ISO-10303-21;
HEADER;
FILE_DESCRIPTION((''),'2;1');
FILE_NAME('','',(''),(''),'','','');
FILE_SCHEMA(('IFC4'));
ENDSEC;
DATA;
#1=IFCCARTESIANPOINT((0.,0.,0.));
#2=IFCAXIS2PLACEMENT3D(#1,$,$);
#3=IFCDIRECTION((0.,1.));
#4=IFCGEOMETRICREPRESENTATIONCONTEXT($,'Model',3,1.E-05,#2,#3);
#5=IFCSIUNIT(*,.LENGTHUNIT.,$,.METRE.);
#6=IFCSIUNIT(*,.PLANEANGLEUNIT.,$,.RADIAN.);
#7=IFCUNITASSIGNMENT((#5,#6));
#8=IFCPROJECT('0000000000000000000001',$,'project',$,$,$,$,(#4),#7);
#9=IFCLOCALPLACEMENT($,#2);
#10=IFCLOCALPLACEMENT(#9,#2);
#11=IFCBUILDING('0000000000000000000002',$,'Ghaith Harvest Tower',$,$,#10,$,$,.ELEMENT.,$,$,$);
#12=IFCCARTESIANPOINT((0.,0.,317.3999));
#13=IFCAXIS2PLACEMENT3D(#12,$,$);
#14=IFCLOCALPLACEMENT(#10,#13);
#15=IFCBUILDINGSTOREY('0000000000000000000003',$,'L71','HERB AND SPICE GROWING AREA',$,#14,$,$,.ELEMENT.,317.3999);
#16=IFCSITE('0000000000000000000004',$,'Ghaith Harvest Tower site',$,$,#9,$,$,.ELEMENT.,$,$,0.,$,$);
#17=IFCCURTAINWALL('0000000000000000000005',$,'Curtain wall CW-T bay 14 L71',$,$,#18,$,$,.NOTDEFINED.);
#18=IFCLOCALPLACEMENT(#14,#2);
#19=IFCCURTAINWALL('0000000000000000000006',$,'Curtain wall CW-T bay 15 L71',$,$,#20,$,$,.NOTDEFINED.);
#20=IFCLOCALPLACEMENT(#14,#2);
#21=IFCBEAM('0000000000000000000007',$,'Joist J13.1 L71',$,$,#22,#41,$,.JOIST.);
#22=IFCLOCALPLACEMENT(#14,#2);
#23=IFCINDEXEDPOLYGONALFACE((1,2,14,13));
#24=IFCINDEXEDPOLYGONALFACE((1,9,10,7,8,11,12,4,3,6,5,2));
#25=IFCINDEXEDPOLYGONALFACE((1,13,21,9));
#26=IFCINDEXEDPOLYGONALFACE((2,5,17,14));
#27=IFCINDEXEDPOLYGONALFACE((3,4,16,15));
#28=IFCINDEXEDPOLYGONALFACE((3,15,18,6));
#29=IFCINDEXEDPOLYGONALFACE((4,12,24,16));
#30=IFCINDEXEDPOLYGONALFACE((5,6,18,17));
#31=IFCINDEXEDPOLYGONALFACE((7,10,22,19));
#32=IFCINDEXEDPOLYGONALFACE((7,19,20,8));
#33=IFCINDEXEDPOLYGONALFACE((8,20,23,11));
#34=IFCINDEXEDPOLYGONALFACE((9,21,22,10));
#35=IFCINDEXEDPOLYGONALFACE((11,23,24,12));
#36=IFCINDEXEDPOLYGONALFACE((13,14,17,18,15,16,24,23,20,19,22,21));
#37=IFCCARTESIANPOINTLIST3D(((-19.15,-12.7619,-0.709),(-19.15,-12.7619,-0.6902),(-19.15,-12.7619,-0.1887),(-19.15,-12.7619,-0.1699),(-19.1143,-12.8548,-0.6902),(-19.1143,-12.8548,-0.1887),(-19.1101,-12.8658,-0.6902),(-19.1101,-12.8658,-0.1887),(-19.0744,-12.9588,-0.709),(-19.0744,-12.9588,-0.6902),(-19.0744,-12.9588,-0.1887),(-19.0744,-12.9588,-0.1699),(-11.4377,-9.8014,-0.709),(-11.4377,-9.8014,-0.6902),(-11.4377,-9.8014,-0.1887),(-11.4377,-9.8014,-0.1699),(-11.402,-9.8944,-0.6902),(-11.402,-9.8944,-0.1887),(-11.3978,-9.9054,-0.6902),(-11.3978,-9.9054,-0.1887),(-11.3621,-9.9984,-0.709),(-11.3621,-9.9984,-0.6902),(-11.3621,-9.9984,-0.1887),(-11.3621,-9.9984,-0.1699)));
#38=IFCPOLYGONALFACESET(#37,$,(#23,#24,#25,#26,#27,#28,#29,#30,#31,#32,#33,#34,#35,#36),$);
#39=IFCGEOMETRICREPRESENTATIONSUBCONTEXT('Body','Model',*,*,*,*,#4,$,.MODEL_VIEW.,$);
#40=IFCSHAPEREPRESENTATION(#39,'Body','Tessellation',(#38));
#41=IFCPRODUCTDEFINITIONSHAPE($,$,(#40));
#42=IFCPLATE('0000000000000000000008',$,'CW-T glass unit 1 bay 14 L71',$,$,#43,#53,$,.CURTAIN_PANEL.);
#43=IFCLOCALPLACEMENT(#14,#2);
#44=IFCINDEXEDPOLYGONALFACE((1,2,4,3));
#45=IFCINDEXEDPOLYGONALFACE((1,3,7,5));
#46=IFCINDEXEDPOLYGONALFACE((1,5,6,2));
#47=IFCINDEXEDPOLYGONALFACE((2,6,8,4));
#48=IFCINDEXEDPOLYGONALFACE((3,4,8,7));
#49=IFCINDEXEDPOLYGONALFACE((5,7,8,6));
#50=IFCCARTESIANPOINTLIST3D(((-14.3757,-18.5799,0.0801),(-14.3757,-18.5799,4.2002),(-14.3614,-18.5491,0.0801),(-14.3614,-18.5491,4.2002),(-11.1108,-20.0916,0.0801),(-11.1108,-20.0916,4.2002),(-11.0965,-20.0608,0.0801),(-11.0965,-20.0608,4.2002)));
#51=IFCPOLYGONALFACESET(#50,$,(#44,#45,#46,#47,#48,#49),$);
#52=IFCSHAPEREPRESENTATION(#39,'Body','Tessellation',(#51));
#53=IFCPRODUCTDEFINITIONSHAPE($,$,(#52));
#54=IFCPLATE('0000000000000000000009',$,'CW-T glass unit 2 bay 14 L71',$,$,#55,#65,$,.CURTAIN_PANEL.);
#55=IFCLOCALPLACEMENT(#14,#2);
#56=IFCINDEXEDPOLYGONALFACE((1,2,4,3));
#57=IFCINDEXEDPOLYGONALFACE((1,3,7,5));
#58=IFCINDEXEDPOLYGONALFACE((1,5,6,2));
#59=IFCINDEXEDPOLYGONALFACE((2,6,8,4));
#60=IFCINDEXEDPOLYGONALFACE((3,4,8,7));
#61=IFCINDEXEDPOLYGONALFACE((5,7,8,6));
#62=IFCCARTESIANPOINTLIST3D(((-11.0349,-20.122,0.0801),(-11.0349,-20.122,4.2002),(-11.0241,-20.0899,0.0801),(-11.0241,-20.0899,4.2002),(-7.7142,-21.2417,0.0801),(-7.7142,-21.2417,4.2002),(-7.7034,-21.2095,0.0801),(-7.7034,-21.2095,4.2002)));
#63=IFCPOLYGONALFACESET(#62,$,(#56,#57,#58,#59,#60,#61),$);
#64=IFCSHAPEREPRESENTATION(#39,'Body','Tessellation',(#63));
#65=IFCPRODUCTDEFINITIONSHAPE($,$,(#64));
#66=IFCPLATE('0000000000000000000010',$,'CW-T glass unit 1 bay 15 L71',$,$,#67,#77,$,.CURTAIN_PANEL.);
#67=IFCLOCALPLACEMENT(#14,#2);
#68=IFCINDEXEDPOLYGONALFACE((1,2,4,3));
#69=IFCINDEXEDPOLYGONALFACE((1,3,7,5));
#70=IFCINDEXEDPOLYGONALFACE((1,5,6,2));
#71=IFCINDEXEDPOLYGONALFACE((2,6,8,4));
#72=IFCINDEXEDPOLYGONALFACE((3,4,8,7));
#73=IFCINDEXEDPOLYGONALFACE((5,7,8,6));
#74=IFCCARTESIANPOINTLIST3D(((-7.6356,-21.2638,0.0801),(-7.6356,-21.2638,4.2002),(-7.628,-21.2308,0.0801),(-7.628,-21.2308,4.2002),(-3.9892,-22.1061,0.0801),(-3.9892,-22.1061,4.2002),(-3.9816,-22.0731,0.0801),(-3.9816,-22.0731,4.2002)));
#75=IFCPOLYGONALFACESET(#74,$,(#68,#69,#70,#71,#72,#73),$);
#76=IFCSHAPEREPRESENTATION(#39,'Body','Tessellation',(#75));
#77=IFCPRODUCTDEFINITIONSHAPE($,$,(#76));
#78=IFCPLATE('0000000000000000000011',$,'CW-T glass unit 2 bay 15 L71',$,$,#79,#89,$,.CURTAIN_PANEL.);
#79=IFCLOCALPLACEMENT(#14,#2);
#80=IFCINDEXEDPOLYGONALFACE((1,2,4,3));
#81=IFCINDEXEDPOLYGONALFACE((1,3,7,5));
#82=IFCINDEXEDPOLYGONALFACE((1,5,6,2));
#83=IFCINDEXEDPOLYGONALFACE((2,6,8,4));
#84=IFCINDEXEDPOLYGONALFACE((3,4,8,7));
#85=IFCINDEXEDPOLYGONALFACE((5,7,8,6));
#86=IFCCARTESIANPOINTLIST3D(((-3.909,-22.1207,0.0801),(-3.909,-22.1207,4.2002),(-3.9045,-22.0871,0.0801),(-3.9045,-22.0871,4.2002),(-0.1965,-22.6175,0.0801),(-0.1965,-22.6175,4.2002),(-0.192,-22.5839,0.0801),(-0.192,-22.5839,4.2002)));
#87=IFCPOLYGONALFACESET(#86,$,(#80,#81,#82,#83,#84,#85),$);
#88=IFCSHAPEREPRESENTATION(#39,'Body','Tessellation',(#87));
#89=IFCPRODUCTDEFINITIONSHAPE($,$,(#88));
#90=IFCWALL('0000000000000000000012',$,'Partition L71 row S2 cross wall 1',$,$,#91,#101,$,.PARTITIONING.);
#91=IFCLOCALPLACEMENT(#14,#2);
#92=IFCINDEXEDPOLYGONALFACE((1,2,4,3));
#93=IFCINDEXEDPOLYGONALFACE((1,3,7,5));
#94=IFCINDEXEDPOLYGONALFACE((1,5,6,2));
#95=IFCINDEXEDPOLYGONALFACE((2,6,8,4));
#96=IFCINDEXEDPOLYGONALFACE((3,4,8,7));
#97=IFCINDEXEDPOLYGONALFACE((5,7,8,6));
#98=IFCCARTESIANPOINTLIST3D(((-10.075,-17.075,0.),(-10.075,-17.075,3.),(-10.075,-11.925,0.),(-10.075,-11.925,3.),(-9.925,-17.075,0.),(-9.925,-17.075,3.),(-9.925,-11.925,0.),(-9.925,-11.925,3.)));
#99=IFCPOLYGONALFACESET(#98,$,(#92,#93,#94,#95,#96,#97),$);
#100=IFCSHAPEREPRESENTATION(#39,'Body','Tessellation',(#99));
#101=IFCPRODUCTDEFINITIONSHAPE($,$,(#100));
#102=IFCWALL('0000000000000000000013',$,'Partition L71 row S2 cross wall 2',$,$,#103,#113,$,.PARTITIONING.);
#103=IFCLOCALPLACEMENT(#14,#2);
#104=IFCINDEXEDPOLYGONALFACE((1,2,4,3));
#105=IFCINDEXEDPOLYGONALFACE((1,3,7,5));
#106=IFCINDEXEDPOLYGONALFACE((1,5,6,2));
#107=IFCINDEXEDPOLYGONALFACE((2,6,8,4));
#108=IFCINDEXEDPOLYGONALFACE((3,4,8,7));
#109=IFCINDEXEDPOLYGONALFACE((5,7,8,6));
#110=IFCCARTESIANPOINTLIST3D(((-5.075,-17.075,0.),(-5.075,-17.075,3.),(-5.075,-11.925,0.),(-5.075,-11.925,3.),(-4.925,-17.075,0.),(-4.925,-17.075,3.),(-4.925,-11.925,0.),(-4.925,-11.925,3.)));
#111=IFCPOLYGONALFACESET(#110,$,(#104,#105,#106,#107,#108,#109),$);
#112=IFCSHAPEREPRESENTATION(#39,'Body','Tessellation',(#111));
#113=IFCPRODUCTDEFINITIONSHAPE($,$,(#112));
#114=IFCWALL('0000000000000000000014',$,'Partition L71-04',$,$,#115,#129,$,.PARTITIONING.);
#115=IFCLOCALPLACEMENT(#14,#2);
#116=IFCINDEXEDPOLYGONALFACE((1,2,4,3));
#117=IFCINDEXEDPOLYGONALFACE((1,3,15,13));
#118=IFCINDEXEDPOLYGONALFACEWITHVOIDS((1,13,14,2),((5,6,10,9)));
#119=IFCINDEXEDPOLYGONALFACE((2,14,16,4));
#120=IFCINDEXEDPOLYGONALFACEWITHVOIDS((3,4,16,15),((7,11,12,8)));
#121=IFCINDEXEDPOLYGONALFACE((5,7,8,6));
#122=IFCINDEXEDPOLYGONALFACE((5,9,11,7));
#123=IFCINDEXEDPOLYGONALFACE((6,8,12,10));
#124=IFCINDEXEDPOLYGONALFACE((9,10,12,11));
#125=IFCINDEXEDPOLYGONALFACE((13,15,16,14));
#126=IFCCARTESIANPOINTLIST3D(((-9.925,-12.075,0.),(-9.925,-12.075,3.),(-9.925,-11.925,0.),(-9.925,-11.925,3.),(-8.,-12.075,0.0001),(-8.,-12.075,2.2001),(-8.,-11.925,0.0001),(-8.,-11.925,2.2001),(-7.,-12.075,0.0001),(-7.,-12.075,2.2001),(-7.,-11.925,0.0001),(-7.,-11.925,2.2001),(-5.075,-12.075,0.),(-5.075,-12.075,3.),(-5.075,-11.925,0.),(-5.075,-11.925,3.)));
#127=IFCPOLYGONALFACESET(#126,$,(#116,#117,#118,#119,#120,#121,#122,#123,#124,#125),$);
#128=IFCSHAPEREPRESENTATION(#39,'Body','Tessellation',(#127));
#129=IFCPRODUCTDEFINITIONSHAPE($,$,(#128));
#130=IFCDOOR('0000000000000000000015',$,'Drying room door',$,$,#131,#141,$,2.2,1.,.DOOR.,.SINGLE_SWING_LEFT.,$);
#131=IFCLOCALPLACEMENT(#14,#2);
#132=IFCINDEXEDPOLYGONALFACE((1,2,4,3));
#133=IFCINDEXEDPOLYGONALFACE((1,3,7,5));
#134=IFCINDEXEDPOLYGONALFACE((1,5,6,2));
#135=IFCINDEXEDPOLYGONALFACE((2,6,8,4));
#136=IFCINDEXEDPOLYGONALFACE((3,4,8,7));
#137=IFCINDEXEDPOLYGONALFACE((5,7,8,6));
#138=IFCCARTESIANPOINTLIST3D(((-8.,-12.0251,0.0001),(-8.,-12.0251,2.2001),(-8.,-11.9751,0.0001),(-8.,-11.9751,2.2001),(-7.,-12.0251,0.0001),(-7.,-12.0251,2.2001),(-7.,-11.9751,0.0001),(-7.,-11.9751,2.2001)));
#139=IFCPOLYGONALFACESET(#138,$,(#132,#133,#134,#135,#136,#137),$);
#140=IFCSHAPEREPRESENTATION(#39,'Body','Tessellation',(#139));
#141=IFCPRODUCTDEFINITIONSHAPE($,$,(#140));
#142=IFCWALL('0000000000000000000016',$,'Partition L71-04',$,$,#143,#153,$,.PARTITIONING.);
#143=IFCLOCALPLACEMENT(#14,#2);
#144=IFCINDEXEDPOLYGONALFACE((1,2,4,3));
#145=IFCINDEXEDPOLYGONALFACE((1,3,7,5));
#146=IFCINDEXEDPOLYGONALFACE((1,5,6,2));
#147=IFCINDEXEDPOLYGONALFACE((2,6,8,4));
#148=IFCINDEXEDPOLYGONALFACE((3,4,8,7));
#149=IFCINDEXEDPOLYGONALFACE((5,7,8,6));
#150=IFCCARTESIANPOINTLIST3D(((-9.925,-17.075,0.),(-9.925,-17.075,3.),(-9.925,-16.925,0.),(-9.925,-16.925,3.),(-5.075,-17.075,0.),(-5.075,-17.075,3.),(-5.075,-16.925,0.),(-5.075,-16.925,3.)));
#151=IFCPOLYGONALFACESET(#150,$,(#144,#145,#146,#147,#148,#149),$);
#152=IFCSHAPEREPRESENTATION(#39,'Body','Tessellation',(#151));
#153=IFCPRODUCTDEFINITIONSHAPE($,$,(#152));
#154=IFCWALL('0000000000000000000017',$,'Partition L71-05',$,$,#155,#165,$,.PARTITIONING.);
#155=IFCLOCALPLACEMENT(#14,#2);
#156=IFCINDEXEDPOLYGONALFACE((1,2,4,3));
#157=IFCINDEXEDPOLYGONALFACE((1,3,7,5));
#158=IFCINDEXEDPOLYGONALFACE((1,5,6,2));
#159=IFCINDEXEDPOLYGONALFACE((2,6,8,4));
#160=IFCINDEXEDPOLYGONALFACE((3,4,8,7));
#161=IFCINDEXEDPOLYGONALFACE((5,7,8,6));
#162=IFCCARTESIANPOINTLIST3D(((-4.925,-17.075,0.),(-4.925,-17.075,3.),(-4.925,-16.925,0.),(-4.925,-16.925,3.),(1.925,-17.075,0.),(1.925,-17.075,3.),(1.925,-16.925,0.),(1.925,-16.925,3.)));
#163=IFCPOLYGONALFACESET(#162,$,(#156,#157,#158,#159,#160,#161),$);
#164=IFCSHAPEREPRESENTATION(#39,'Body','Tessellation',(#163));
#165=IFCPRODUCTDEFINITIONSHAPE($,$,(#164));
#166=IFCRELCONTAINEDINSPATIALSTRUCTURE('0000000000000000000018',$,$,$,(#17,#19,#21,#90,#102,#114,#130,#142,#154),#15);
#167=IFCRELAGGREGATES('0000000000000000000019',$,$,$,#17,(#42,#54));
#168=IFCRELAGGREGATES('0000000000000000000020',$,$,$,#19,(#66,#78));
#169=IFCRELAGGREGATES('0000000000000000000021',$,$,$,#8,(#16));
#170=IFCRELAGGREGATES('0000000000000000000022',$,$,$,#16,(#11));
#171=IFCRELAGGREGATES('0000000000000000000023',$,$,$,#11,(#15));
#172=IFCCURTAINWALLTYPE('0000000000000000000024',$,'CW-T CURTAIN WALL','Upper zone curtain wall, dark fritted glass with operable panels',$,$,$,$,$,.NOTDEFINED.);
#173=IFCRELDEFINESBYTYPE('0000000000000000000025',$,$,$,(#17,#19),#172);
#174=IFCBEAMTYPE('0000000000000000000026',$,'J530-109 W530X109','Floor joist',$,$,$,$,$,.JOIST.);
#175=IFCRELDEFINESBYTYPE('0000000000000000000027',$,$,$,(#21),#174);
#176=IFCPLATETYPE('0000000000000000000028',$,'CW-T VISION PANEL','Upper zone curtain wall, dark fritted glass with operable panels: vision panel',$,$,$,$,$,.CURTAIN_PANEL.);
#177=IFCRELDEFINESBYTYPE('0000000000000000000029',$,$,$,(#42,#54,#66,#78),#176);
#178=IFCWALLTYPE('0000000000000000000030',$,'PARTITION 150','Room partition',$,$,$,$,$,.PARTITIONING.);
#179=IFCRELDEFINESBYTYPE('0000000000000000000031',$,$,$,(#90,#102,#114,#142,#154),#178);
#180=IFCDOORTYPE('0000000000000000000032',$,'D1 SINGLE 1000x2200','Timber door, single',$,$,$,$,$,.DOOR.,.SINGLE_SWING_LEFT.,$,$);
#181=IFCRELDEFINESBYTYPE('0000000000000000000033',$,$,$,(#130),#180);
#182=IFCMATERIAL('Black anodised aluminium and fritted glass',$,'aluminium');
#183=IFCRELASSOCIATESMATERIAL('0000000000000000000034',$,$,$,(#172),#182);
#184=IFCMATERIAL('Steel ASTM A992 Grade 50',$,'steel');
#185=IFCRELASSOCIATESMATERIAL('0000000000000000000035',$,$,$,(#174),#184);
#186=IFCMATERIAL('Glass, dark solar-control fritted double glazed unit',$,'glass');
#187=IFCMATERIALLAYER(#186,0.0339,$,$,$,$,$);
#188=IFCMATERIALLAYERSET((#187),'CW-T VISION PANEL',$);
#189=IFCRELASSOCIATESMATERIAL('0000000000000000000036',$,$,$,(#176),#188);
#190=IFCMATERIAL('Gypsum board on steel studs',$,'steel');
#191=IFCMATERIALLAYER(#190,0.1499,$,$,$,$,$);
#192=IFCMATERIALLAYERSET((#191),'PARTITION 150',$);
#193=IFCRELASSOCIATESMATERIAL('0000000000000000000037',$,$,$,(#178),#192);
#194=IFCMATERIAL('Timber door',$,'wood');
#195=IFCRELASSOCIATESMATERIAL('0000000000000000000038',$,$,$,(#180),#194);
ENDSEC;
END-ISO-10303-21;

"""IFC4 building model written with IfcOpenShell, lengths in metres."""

from ifc_helpers import new_model, si_unit, direction, frame, frame_2d, origin, origin_2d, place, context, subcontext, project, spatial, rectangle, i_section, extrude, material, layer, layer_set, material_profile, profile_set, type_object, element, fill, aggregate, save


model = new_model("IFC4")

# Units and contexts
model_context = context("Model", 3, precision=1e-05, world=origin(), true_north=direction((0.0, 1.0)))
body_context = subcontext(model_context, "Body", "Model", "MODEL_VIEW")
ifc_project = project(units=[si_unit("LENGTHUNIT", "METRE"), si_unit("PLANEANGLEUNIT", "RADIAN")], contexts=[model_context])

# Site, building, storey
site_placement = place(None, origin())
site = spatial("IfcSite", under=ifc_project, at=site_placement, Name="Ghaith Harvest Tower site", CompositionType="ELEMENT", RefElevation=0.0)
building_placement = place(site_placement, origin())
building = spatial("IfcBuilding", under=site, at=building_placement, Name="Ghaith Harvest Tower", CompositionType="ELEMENT")
storey_placement = place(building_placement, frame((0.0, 0.0, 317.3999)))
storey = spatial("IfcBuildingStorey", under=building, at=storey_placement, Name="L71", Description="HERB AND SPICE GROWING AREA", CompositionType="ELEMENT", Elevation=317.3999)

# Curtain wall
ifc_material_1 = material(Name="Black anodised aluminium and fritted glass", Category="aluminium")
curtain_wall_type = type_object("IfcCurtainWallType", Name="CW-T CURTAIN WALL", Description="Upper zone curtain wall, dark fritted glass with operable panels", PredefinedType="NOTDEFINED", material=ifc_material_1)
curtain_wall_1_placement = place(storey_placement, origin())
curtain_wall_1 = element("IfcCurtainWall", 1, at=curtain_wall_1_placement, inside=storey, type_object=curtain_wall_type, Name="Curtain wall CW-T bay 14 L71", PredefinedType="NOTDEFINED")

# Curtain wall
curtain_wall_2_placement = place(storey_placement, origin())
curtain_wall_2 = element("IfcCurtainWall", 2, at=curtain_wall_2_placement, inside=storey, type_object=curtain_wall_type, Name="Curtain wall CW-T bay 15 L71", PredefinedType="NOTDEFINED")

# Beam
ifc_material_2 = material(Name="Steel ASTM A992 Grade 50", Category="steel")
ifc_material_profile_1 = material_profile(ifc_material_2, i_section(OverallWidth=0.2109, OverallDepth=0.5391, WebThickness=0.0117, FlangeThickness=0.0188, at=origin_2d()), Name="W530X109")
ifc_profile_set_1 = profile_set([ifc_material_profile_1], Name="Steel ASTM A992 Grade 50")
beam_type_1 = type_object("IfcBeamType", Name="J530-109 W530X109", Description="Floor joist", PredefinedType="JOIST", material=ifc_profile_set_1)
beam_1_placement = place(storey_placement, frame((-11.3999, -9.8999, -0.4395), z_axis=(-0.933583, -0.358361, 0.0), x_axis=(0.358361, -0.933583, 0.0)))
element("IfcBeam", 3, at=beam_1_placement, inside=storey, type_object=beam_type_1, Name="Joist J13.1 L71", PredefinedType="JOIST", context=body_context, shape_type="SweptSolid", body=[
    extrude(i_section(OverallWidth=0.2109, OverallDepth=0.5391, WebThickness=0.0117, FlangeThickness=0.0188, at=origin_2d()), origin(), (0.0, 0.0, 1.0), 8.261),
])

# Plates
ifc_material_3 = material(Name="Glass, dark solar-control fritted double glazed unit", Category="glass")
ifc_layer_1 = layer(ifc_material_3, 0.0339)
ifc_layer_set_1 = layer_set([ifc_layer_1], Name="CW-T VISION PANEL")
plate_type = type_object("IfcPlateType", Name="CW-T VISION PANEL", Description="Upper zone curtain wall, dark fritted glass with operable panels: vision panel", PredefinedType="CURTAIN_PANEL", material=ifc_layer_set_1)
plate_1_placement = place(storey_placement, frame((-12.7361, -19.3203, 0.0801), z_axis=(0.0, 0.0, 1.0), x_axis=(0.90745, -0.42016, 0.0)))
plate_1 = element("IfcPlate", 4, at=plate_1_placement, type_object=plate_type, Name="CW-T glass unit 1 bay 14 L71", PredefinedType="CURTAIN_PANEL", context=body_context, shape_type="SweptSolid", body=[
    extrude(rectangle(XDim=3.5979, YDim=0.0339, at=origin_2d()), origin(), (0.0, 0.0, 1.0), 4.1201),
])
plate_2_placement = place(storey_placement, frame((-9.3691, -20.6658, 0.0801), z_axis=(0.0, 0.0, 1.0), x_axis=(0.947586, -0.3195, 0.0)))
plate_2 = element("IfcPlate", 5, at=plate_2_placement, type_object=plate_type, Name="CW-T glass unit 2 bay 14 L71", PredefinedType="CURTAIN_PANEL", context=body_context, shape_type="SweptSolid", body=[
    extrude(rectangle(XDim=3.5044, YDim=0.0339, at=origin_2d()), origin(), (0.0, 0.0, 1.0), 4.1201),
])
aggregate(curtain_wall_1, [plate_1, plate_2])
plate_3_placement = place(storey_placement, frame((-5.8086, -21.6685, 0.0801), z_axis=(0.0, 0.0, 1.0), x_axis=(0.974342, -0.225072, 0.0)))
plate_3 = element("IfcPlate", 6, at=plate_3_placement, type_object=plate_type, Name="CW-T glass unit 1 bay 15 L71", PredefinedType="CURTAIN_PANEL", context=body_context, shape_type="SweptSolid", body=[
    extrude(rectangle(XDim=3.7424, YDim=0.0339, at=origin_2d()), origin(), (0.0, 0.0, 1.0), 4.1201),
])
plate_4_placement = place(storey_placement, frame((-2.0505, -22.3523, 0.0801), z_axis=(0.0, 0.0, 1.0), x_axis=(0.991165, -0.132633, 0.0)))
plate_4 = element("IfcPlate", 7, at=plate_4_placement, type_object=plate_type, Name="CW-T glass unit 2 bay 15 L71", PredefinedType="CURTAIN_PANEL", context=body_context, shape_type="SweptSolid", body=[
    extrude(rectangle(XDim=3.7456, YDim=0.0339, at=origin_2d()), origin(), (0.0, 0.0, 1.0), 4.1201),
])
aggregate(curtain_wall_2, [plate_3, plate_4])

# Walls
ifc_material_4 = material(Name="Gypsum board on steel studs", Category="steel")
ifc_layer_2 = layer(ifc_material_4, 0.1499)
ifc_layer_set_2 = layer_set([ifc_layer_2], Name="PARTITION 150")
wall_type = type_object("IfcWallType", Name="PARTITION 150", Description="Room partition", PredefinedType="PARTITIONING", material=ifc_layer_set_2)
for number, where, z_axis, x_axis, name in (
    (8, (-10.0, -11.925, 0.0), (0.0, 0.0, 1.0), (0.0, -1.0, 0.0), "Partition L71 row S2 cross wall 1"),
    (9, (-5.0, -11.925, 0.0), (0.0, 0.0, 1.0), (0.0, -1.0, 0.0), "Partition L71 row S2 cross wall 2"),
):
    element("IfcWall", number, at=place(storey_placement, frame(where, z_axis=z_axis, x_axis=x_axis)), inside=storey, type_object=wall_type, Name=name, PredefinedType="PARTITIONING", context=body_context, shape_type="SweptSolid", body=[
        extrude(rectangle(XDim=5.1499, YDim=0.1499, at=frame_2d((2.575, 0.0))), origin(), (0.0, 0.0, 1.0), 3.0),
    ])

# Wall, opening, door
wall_1_placement = place(storey_placement, frame((-9.925, -12.0, 0.0), z_axis=(0.0, 0.0, 1.0), x_axis=(1.0, 0.0, 0.0)))
wall_1 = element("IfcWall", 10, at=wall_1_placement, inside=storey, type_object=wall_type, Name="Partition L71-04", PredefinedType="PARTITIONING", context=body_context, shape_type="SweptSolid", body=[
    extrude(rectangle(XDim=4.8501, YDim=0.1499, at=frame_2d((2.425, 0.0))), origin(), (0.0, 0.0, 1.0), 3.0),
])
opening_1_placement = place(wall_1_placement, frame((1.925, 0.0, 0.0)))
opening_1 = element("IfcOpeningElement", 11, at=opening_1_placement, cuts=wall_1, PredefinedType="OPENING", context=body_context, shape_type="SweptSolid", body=[
    extrude(rectangle(XDim=1.0, YDim=2.2, at=frame_2d((0.5, 1.1001))), frame((0.0, 0.085, 0.0), z_axis=(0.0, -1.0, 0.0), x_axis=(1.0, 0.0, 0.0)), (0.0, 0.0, 1.0), 0.1699),
])
ifc_material_5 = material(Name="Timber door", Category="wood")
door_type_1 = type_object("IfcDoorType", Name="D1 SINGLE 1000x2200", Description="Timber door, single", OperationType="SINGLE_SWING_LEFT", PredefinedType="DOOR", material=ifc_material_5)
door_1_placement = place(opening_1_placement, origin())
door_1 = element("IfcDoor", 12, at=door_1_placement, inside=storey, type_object=door_type_1, Name="Drying room door", OperationType="SINGLE_SWING_LEFT", OverallHeight=2.2, OverallWidth=1.0, PredefinedType="DOOR", context=body_context, shape_type="SweptSolid", body=[
    extrude(rectangle(XDim=1.0, YDim=2.2, at=frame_2d((0.5, 1.1001))), frame((0.0, 0.0249, 0.0), z_axis=(0.0, -1.0, 0.0), x_axis=(1.0, 0.0, 0.0)), (0.0, 0.0, 1.0), 0.05),
])
fill(opening_1, door_1)

# Wall
wall_2_placement = place(storey_placement, frame((-9.925, -17.0, 0.0), z_axis=(0.0, 0.0, 1.0), x_axis=(1.0, 0.0, 0.0)))
element("IfcWall", 13, at=wall_2_placement, inside=storey, type_object=wall_type, Name="Partition L71-04", PredefinedType="PARTITIONING", context=body_context, shape_type="SweptSolid", body=[
    extrude(rectangle(XDim=4.8501, YDim=0.1499, at=frame_2d((2.425, 0.0))), origin(), (0.0, 0.0, 1.0), 3.0),
])

# Wall
wall_3_placement = place(storey_placement, frame((-4.925, -17.0, 0.0), z_axis=(0.0, 0.0, 1.0), x_axis=(1.0, 0.0, 0.0)))
element("IfcWall", 14, at=wall_3_placement, inside=storey, type_object=wall_type, Name="Partition L71-05", PredefinedType="PARTITIONING", context=body_context, shape_type="SweptSolid", body=[
    extrude(rectangle(XDim=6.8501, YDim=0.1499, at=frame_2d((3.425, 0.0))), origin(), (0.0, 0.0, 1.0), 3.0),
])

save(model, "model.ifc")
